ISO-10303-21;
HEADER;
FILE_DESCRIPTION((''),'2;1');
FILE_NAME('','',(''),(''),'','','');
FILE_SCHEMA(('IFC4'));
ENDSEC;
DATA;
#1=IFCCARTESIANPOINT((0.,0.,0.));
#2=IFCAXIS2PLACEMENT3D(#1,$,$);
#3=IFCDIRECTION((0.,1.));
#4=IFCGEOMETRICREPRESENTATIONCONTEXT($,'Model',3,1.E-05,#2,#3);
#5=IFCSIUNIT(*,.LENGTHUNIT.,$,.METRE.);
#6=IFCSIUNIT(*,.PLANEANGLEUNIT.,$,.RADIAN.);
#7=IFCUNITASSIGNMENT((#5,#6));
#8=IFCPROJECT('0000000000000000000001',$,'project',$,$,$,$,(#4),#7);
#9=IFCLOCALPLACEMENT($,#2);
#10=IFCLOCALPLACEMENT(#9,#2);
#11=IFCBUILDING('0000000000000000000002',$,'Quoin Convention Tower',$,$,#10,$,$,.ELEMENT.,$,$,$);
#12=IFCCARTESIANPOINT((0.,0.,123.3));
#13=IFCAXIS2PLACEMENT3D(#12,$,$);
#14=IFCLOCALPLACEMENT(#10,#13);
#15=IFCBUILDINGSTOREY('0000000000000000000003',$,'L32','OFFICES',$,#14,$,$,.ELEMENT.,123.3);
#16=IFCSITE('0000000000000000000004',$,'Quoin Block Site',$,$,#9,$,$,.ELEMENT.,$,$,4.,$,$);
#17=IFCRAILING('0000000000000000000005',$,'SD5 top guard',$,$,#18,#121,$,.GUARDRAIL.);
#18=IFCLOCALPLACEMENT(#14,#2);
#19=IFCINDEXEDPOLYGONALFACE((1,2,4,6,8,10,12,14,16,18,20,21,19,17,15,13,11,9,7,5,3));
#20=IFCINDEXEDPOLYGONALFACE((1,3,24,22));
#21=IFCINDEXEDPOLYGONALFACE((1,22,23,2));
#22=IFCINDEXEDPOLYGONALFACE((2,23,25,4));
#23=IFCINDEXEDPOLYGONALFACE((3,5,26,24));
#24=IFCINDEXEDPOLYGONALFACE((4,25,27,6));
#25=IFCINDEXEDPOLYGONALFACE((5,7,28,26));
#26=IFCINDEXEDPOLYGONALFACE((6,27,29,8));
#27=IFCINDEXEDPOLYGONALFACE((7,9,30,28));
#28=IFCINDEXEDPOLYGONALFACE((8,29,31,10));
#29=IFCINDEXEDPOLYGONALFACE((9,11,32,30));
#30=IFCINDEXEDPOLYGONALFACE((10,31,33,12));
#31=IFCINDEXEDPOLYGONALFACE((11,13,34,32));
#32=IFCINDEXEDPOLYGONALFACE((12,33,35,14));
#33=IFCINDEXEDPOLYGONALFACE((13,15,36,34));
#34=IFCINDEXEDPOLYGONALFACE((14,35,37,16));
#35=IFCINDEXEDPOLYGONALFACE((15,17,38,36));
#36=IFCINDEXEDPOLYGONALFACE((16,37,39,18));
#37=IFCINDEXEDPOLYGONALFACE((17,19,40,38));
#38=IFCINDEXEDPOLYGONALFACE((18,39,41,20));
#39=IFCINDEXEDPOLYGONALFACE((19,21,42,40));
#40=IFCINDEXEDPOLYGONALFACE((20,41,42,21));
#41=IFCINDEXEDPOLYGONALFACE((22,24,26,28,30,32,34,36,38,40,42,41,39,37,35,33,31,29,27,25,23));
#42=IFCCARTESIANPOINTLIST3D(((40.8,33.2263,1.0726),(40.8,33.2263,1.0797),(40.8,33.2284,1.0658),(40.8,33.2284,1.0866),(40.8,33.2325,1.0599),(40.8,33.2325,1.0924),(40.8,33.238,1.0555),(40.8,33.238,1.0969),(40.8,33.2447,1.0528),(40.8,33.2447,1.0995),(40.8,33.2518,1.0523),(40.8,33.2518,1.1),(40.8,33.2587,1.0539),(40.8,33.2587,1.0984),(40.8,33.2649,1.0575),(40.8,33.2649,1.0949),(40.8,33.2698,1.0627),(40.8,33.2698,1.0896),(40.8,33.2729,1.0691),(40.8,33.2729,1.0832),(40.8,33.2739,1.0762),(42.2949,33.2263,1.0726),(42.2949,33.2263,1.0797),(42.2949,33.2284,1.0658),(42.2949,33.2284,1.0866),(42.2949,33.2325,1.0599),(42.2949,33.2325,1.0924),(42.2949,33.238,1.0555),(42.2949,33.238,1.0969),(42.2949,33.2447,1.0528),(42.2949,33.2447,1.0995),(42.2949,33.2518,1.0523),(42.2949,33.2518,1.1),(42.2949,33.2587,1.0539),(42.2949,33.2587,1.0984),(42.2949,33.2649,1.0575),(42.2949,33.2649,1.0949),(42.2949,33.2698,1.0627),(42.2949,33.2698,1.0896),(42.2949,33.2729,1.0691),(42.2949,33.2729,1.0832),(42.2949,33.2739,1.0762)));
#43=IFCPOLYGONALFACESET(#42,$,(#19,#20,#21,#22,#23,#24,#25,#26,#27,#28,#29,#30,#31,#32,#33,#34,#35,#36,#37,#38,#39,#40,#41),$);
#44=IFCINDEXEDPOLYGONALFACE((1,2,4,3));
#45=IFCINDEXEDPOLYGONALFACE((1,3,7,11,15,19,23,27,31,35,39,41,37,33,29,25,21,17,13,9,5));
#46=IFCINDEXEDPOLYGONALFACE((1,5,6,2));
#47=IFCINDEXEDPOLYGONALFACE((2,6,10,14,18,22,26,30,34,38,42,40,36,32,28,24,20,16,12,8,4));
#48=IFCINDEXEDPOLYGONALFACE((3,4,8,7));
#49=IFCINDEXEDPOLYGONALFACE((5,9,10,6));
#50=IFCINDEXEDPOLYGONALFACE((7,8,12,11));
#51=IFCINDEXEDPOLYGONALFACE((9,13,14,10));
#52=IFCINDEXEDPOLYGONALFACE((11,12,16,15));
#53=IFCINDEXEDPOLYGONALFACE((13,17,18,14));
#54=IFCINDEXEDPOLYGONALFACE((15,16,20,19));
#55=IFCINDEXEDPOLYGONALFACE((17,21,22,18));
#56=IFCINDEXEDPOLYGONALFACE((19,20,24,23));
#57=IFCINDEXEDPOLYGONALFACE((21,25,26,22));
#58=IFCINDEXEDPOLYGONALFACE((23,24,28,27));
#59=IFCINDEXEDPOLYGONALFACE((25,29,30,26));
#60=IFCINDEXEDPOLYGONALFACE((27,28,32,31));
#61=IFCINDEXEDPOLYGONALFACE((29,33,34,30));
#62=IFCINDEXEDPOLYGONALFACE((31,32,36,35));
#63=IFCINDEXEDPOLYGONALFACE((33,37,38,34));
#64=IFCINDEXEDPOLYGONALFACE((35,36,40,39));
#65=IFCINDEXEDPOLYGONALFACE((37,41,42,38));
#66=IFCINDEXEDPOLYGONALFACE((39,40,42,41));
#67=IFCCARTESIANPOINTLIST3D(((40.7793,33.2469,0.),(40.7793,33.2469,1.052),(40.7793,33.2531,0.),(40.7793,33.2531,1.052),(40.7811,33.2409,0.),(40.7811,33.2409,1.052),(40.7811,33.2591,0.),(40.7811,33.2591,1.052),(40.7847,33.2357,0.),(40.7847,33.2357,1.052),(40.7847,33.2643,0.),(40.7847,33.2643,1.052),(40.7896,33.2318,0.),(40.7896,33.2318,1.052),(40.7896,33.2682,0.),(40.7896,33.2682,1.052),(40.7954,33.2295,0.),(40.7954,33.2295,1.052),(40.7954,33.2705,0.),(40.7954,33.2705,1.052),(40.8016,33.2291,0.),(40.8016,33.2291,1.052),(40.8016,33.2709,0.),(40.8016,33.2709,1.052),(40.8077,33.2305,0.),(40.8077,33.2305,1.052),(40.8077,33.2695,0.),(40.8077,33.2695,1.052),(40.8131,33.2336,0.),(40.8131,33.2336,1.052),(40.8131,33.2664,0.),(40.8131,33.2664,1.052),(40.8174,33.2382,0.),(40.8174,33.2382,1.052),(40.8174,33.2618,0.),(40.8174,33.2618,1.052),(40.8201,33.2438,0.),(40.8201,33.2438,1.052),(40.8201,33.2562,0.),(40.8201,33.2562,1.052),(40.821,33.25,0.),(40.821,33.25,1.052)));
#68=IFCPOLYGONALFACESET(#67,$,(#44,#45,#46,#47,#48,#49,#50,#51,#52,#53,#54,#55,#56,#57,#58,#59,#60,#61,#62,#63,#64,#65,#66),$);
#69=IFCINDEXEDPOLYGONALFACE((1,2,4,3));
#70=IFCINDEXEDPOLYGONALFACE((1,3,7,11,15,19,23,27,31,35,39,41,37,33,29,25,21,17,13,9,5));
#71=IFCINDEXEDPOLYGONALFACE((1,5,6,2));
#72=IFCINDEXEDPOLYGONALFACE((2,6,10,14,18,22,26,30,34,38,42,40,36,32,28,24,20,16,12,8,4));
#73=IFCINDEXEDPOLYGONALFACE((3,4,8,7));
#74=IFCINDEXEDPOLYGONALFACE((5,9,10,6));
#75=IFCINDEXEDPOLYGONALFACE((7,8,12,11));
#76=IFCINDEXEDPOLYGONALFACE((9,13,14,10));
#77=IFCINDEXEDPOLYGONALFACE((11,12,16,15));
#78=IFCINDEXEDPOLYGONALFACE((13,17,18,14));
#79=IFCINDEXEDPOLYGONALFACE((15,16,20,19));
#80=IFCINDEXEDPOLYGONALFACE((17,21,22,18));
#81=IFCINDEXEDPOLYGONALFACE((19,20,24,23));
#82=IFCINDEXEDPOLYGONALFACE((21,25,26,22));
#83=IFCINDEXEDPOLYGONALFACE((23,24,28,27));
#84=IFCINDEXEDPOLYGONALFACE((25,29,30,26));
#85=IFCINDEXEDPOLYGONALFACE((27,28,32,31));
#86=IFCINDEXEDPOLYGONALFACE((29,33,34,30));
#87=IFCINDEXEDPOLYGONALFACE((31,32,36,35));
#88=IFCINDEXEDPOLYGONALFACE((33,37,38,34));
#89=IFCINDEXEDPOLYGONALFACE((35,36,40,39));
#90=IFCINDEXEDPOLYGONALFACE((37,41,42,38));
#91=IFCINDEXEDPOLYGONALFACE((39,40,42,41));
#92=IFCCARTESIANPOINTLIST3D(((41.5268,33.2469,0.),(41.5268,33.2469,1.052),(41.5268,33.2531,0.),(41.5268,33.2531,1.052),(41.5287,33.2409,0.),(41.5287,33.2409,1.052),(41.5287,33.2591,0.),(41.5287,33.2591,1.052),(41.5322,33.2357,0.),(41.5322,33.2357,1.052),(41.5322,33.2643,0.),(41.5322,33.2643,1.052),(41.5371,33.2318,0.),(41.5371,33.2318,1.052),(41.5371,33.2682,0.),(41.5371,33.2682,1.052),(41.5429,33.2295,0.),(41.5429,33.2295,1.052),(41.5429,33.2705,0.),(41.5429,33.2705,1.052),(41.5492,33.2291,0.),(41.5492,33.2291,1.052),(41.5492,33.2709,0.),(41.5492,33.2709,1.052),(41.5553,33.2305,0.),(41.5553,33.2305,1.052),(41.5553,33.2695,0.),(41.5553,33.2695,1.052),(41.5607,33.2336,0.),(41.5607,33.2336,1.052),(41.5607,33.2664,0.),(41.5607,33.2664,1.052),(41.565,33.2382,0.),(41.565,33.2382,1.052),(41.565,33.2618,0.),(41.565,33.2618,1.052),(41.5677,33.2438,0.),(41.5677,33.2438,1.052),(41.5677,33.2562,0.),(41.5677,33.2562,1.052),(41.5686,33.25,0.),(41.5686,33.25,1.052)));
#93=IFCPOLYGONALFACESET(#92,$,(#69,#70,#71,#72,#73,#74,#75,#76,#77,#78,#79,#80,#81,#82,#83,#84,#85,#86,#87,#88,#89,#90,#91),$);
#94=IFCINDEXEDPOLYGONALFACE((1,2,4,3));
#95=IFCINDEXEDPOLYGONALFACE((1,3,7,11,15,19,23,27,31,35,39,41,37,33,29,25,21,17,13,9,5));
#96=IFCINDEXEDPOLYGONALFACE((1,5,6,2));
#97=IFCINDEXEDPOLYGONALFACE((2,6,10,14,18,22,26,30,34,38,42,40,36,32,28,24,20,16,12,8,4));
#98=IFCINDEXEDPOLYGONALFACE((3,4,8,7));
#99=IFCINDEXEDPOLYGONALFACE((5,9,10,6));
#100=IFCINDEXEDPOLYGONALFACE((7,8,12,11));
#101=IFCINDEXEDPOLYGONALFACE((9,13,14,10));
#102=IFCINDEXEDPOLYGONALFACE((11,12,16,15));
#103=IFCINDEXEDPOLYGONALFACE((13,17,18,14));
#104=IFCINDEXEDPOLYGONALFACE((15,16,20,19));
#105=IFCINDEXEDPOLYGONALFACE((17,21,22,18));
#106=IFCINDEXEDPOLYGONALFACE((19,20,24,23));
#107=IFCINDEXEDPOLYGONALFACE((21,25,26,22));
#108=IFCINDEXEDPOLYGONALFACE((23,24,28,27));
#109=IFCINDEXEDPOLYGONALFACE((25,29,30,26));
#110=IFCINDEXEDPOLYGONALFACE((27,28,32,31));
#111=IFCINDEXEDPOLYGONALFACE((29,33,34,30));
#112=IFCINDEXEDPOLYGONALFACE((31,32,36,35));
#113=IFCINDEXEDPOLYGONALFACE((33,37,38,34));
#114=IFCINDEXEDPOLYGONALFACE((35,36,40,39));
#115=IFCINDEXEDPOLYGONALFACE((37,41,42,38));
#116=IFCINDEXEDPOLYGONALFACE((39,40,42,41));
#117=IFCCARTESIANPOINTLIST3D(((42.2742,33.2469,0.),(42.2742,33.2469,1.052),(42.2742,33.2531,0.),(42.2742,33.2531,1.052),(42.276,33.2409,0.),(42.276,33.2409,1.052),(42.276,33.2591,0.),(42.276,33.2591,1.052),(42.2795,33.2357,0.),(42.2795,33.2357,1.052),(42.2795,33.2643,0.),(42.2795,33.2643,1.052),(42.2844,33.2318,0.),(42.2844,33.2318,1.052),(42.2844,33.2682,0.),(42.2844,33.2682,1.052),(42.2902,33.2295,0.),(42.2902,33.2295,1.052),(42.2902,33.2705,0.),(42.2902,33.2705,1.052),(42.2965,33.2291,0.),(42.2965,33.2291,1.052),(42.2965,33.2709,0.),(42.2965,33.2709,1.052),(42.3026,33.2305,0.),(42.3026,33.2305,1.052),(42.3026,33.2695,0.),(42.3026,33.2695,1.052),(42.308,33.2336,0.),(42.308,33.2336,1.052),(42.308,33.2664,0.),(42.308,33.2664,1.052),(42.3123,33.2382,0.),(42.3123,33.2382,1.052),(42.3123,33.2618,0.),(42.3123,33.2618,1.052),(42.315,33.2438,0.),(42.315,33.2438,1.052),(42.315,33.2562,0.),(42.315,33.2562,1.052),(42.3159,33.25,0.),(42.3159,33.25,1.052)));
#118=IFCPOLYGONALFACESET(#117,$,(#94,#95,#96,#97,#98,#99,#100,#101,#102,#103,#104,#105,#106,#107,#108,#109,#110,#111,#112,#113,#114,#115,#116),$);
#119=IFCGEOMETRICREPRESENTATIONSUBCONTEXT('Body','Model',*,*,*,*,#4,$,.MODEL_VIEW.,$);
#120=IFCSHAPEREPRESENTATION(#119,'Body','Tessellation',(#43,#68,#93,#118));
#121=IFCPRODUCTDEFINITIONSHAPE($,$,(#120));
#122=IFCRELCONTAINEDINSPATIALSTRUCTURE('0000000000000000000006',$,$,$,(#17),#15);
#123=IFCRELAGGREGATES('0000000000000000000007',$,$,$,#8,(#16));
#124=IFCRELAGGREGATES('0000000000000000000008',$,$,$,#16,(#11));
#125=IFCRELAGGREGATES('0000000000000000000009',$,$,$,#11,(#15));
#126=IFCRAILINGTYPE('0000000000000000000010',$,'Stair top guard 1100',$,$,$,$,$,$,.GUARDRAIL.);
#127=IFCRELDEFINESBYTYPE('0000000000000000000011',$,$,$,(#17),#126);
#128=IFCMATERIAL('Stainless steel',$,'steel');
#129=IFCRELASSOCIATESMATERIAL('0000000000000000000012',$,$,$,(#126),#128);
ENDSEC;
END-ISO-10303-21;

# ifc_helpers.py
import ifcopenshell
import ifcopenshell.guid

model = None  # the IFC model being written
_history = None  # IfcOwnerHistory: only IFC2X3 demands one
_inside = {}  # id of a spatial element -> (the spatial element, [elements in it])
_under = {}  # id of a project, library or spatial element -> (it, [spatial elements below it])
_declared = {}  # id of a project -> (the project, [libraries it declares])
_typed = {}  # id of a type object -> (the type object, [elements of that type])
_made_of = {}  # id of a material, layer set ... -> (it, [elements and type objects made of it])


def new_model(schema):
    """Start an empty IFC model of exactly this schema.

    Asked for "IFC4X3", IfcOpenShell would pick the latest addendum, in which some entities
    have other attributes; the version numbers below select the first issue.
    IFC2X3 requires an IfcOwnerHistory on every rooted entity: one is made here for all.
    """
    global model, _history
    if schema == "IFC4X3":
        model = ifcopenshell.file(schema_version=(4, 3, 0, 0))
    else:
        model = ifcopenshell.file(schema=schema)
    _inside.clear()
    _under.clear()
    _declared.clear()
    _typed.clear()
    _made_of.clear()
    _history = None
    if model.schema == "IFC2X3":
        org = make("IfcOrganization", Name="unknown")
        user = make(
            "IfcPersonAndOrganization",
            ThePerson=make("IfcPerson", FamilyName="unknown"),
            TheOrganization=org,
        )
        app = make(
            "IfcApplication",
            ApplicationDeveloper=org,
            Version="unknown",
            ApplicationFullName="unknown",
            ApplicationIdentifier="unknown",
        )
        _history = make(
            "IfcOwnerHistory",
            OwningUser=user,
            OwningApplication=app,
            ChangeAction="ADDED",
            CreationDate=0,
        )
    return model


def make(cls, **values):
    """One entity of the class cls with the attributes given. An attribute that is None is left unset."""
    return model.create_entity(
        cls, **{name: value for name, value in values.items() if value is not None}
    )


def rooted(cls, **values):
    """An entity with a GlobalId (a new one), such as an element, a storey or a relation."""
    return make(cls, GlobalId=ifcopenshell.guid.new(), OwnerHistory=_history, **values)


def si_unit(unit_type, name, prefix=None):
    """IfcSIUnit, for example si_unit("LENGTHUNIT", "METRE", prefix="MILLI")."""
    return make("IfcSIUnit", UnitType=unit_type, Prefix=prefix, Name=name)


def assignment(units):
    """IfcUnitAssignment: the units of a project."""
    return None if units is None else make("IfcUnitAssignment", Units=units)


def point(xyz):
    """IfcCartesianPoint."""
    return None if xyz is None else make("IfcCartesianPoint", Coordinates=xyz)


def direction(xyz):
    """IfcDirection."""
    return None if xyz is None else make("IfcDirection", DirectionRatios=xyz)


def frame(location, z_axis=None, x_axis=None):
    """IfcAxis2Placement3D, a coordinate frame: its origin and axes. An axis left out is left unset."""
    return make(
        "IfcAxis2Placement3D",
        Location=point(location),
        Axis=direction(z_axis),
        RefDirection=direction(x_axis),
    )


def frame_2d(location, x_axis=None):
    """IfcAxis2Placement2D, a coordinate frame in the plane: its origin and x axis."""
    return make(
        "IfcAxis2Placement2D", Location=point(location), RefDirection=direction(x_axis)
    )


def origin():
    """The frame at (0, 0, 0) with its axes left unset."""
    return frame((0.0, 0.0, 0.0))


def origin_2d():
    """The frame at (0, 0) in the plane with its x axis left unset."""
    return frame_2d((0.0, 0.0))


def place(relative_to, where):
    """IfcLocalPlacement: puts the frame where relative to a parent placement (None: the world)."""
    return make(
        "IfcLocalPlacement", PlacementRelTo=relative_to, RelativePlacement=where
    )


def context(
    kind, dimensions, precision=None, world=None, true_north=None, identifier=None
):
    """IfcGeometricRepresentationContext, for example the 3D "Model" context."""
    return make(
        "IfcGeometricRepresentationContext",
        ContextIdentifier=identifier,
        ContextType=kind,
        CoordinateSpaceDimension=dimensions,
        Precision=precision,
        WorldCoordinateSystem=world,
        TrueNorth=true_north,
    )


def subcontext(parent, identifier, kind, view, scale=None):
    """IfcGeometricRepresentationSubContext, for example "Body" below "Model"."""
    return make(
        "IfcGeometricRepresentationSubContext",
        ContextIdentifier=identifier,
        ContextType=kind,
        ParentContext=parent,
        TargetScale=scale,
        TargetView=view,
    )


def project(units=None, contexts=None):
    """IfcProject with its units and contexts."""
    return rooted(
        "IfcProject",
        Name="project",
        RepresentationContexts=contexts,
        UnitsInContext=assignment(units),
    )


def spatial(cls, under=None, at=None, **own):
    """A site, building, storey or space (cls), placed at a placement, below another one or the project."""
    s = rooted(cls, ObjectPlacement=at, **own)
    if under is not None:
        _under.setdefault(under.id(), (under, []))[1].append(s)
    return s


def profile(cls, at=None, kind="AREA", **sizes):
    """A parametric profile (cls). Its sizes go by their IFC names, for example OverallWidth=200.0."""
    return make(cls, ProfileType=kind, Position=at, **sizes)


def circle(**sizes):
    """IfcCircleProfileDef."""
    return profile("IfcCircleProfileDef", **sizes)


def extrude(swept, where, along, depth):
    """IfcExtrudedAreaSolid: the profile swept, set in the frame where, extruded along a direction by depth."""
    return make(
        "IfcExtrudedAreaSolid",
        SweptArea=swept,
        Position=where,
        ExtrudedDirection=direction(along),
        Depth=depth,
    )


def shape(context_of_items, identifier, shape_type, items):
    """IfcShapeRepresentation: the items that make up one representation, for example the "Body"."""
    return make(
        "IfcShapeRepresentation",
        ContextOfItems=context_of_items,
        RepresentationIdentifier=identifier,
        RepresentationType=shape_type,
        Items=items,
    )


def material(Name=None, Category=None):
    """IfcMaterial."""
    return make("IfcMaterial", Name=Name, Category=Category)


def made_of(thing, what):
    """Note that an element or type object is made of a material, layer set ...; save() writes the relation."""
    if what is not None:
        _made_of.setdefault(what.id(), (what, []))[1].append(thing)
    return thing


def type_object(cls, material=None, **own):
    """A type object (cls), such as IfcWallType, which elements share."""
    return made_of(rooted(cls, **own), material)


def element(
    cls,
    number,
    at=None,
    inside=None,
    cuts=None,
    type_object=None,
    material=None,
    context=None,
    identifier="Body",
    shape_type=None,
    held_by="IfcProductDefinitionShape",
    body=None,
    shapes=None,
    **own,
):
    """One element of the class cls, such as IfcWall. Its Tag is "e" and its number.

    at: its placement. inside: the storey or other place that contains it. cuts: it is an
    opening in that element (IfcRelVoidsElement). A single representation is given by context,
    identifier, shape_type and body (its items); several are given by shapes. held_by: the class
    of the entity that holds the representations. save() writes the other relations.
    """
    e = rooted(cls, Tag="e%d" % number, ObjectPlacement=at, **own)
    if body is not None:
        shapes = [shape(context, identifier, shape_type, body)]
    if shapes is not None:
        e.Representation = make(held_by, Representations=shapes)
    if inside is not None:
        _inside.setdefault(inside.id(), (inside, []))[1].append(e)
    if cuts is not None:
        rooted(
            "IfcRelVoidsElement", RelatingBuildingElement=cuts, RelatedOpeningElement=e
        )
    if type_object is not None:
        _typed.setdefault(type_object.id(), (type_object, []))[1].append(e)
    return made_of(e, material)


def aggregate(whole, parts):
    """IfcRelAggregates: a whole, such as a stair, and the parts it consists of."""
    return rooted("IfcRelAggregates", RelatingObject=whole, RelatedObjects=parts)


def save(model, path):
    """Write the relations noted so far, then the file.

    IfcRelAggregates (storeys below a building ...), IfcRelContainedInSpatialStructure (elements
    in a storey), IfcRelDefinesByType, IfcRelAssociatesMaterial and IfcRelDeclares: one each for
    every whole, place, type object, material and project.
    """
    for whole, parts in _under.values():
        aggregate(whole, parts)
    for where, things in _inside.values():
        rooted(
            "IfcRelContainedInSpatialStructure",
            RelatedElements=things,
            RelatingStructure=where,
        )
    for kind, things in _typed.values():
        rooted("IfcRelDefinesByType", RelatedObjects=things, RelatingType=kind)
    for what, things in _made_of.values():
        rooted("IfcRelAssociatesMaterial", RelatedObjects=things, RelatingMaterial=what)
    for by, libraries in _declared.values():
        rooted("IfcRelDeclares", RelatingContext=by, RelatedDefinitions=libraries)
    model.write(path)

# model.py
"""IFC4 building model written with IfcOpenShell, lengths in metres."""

from ifc_helpers import new_model, si_unit, direction, frame, origin, origin_2d, place, context, subcontext, project, spatial, circle, extrude, material, type_object, element, save


model = new_model("IFC4")

# Units and contexts
model_context = context("Model", 3, precision=1e-05, world=origin(), true_north=direction((0.0, 1.0)))
body_context = subcontext(model_context, "Body", "Model", "MODEL_VIEW")
ifc_project = project(units=[si_unit("LENGTHUNIT", "METRE"), si_unit("PLANEANGLEUNIT", "RADIAN")], contexts=[model_context])

# Site, building, storey
site_placement = place(None, origin())
site = spatial("IfcSite", under=ifc_project, at=site_placement, Name="Quoin Block Site", CompositionType="ELEMENT", RefElevation=4.0)
building_placement = place(site_placement, origin())
building = spatial("IfcBuilding", under=site, at=building_placement, Name="Quoin Convention Tower", CompositionType="ELEMENT")
storey_placement = place(building_placement, frame((0.0, 0.0, 123.3)))
storey = spatial("IfcBuildingStorey", under=building, at=storey_placement, Name="L32", Description="OFFICES", CompositionType="ELEMENT", Elevation=123.3)

# Railing
ifc_material_1 = material(Name="Stainless steel", Category="steel")
railing_type_1 = type_object("IfcRailingType", Name="Stair top guard 1100", PredefinedType="GUARDRAIL", material=ifc_material_1)
railing_1_placement = place(storey_placement, frame((40.8, 33.25, 0.0)))
element("IfcRailing", 1, at=railing_1_placement, inside=storey, type_object=railing_type_1, Name="SD5 top guard", PredefinedType="GUARDRAIL", context=body_context, shape_type="SweptSolid", body=[
    extrude(circle(Radius=0.0239, at=origin_2d()), frame((0.0, 0.0, 1.0762), z_axis=(1.0, 0.0, 0.0), x_axis=(0.0, 1.0, 0.0)), (0.0, 0.0, 1.0), 1.4949),
    extrude(circle(Radius=0.021, at=origin_2d()), origin(), (0.0, 0.0, 1.0), 1.052),
    extrude(circle(Radius=0.021, at=origin_2d()), frame((0.7476, 0.0, 0.0)), (0.0, 0.0, 1.0), 1.052),
    extrude(circle(Radius=0.021, at=origin_2d()), frame((1.4949, 0.0, 0.0)), (0.0, 0.0, 1.0), 1.052),
])

save(model, "model.ifc")
